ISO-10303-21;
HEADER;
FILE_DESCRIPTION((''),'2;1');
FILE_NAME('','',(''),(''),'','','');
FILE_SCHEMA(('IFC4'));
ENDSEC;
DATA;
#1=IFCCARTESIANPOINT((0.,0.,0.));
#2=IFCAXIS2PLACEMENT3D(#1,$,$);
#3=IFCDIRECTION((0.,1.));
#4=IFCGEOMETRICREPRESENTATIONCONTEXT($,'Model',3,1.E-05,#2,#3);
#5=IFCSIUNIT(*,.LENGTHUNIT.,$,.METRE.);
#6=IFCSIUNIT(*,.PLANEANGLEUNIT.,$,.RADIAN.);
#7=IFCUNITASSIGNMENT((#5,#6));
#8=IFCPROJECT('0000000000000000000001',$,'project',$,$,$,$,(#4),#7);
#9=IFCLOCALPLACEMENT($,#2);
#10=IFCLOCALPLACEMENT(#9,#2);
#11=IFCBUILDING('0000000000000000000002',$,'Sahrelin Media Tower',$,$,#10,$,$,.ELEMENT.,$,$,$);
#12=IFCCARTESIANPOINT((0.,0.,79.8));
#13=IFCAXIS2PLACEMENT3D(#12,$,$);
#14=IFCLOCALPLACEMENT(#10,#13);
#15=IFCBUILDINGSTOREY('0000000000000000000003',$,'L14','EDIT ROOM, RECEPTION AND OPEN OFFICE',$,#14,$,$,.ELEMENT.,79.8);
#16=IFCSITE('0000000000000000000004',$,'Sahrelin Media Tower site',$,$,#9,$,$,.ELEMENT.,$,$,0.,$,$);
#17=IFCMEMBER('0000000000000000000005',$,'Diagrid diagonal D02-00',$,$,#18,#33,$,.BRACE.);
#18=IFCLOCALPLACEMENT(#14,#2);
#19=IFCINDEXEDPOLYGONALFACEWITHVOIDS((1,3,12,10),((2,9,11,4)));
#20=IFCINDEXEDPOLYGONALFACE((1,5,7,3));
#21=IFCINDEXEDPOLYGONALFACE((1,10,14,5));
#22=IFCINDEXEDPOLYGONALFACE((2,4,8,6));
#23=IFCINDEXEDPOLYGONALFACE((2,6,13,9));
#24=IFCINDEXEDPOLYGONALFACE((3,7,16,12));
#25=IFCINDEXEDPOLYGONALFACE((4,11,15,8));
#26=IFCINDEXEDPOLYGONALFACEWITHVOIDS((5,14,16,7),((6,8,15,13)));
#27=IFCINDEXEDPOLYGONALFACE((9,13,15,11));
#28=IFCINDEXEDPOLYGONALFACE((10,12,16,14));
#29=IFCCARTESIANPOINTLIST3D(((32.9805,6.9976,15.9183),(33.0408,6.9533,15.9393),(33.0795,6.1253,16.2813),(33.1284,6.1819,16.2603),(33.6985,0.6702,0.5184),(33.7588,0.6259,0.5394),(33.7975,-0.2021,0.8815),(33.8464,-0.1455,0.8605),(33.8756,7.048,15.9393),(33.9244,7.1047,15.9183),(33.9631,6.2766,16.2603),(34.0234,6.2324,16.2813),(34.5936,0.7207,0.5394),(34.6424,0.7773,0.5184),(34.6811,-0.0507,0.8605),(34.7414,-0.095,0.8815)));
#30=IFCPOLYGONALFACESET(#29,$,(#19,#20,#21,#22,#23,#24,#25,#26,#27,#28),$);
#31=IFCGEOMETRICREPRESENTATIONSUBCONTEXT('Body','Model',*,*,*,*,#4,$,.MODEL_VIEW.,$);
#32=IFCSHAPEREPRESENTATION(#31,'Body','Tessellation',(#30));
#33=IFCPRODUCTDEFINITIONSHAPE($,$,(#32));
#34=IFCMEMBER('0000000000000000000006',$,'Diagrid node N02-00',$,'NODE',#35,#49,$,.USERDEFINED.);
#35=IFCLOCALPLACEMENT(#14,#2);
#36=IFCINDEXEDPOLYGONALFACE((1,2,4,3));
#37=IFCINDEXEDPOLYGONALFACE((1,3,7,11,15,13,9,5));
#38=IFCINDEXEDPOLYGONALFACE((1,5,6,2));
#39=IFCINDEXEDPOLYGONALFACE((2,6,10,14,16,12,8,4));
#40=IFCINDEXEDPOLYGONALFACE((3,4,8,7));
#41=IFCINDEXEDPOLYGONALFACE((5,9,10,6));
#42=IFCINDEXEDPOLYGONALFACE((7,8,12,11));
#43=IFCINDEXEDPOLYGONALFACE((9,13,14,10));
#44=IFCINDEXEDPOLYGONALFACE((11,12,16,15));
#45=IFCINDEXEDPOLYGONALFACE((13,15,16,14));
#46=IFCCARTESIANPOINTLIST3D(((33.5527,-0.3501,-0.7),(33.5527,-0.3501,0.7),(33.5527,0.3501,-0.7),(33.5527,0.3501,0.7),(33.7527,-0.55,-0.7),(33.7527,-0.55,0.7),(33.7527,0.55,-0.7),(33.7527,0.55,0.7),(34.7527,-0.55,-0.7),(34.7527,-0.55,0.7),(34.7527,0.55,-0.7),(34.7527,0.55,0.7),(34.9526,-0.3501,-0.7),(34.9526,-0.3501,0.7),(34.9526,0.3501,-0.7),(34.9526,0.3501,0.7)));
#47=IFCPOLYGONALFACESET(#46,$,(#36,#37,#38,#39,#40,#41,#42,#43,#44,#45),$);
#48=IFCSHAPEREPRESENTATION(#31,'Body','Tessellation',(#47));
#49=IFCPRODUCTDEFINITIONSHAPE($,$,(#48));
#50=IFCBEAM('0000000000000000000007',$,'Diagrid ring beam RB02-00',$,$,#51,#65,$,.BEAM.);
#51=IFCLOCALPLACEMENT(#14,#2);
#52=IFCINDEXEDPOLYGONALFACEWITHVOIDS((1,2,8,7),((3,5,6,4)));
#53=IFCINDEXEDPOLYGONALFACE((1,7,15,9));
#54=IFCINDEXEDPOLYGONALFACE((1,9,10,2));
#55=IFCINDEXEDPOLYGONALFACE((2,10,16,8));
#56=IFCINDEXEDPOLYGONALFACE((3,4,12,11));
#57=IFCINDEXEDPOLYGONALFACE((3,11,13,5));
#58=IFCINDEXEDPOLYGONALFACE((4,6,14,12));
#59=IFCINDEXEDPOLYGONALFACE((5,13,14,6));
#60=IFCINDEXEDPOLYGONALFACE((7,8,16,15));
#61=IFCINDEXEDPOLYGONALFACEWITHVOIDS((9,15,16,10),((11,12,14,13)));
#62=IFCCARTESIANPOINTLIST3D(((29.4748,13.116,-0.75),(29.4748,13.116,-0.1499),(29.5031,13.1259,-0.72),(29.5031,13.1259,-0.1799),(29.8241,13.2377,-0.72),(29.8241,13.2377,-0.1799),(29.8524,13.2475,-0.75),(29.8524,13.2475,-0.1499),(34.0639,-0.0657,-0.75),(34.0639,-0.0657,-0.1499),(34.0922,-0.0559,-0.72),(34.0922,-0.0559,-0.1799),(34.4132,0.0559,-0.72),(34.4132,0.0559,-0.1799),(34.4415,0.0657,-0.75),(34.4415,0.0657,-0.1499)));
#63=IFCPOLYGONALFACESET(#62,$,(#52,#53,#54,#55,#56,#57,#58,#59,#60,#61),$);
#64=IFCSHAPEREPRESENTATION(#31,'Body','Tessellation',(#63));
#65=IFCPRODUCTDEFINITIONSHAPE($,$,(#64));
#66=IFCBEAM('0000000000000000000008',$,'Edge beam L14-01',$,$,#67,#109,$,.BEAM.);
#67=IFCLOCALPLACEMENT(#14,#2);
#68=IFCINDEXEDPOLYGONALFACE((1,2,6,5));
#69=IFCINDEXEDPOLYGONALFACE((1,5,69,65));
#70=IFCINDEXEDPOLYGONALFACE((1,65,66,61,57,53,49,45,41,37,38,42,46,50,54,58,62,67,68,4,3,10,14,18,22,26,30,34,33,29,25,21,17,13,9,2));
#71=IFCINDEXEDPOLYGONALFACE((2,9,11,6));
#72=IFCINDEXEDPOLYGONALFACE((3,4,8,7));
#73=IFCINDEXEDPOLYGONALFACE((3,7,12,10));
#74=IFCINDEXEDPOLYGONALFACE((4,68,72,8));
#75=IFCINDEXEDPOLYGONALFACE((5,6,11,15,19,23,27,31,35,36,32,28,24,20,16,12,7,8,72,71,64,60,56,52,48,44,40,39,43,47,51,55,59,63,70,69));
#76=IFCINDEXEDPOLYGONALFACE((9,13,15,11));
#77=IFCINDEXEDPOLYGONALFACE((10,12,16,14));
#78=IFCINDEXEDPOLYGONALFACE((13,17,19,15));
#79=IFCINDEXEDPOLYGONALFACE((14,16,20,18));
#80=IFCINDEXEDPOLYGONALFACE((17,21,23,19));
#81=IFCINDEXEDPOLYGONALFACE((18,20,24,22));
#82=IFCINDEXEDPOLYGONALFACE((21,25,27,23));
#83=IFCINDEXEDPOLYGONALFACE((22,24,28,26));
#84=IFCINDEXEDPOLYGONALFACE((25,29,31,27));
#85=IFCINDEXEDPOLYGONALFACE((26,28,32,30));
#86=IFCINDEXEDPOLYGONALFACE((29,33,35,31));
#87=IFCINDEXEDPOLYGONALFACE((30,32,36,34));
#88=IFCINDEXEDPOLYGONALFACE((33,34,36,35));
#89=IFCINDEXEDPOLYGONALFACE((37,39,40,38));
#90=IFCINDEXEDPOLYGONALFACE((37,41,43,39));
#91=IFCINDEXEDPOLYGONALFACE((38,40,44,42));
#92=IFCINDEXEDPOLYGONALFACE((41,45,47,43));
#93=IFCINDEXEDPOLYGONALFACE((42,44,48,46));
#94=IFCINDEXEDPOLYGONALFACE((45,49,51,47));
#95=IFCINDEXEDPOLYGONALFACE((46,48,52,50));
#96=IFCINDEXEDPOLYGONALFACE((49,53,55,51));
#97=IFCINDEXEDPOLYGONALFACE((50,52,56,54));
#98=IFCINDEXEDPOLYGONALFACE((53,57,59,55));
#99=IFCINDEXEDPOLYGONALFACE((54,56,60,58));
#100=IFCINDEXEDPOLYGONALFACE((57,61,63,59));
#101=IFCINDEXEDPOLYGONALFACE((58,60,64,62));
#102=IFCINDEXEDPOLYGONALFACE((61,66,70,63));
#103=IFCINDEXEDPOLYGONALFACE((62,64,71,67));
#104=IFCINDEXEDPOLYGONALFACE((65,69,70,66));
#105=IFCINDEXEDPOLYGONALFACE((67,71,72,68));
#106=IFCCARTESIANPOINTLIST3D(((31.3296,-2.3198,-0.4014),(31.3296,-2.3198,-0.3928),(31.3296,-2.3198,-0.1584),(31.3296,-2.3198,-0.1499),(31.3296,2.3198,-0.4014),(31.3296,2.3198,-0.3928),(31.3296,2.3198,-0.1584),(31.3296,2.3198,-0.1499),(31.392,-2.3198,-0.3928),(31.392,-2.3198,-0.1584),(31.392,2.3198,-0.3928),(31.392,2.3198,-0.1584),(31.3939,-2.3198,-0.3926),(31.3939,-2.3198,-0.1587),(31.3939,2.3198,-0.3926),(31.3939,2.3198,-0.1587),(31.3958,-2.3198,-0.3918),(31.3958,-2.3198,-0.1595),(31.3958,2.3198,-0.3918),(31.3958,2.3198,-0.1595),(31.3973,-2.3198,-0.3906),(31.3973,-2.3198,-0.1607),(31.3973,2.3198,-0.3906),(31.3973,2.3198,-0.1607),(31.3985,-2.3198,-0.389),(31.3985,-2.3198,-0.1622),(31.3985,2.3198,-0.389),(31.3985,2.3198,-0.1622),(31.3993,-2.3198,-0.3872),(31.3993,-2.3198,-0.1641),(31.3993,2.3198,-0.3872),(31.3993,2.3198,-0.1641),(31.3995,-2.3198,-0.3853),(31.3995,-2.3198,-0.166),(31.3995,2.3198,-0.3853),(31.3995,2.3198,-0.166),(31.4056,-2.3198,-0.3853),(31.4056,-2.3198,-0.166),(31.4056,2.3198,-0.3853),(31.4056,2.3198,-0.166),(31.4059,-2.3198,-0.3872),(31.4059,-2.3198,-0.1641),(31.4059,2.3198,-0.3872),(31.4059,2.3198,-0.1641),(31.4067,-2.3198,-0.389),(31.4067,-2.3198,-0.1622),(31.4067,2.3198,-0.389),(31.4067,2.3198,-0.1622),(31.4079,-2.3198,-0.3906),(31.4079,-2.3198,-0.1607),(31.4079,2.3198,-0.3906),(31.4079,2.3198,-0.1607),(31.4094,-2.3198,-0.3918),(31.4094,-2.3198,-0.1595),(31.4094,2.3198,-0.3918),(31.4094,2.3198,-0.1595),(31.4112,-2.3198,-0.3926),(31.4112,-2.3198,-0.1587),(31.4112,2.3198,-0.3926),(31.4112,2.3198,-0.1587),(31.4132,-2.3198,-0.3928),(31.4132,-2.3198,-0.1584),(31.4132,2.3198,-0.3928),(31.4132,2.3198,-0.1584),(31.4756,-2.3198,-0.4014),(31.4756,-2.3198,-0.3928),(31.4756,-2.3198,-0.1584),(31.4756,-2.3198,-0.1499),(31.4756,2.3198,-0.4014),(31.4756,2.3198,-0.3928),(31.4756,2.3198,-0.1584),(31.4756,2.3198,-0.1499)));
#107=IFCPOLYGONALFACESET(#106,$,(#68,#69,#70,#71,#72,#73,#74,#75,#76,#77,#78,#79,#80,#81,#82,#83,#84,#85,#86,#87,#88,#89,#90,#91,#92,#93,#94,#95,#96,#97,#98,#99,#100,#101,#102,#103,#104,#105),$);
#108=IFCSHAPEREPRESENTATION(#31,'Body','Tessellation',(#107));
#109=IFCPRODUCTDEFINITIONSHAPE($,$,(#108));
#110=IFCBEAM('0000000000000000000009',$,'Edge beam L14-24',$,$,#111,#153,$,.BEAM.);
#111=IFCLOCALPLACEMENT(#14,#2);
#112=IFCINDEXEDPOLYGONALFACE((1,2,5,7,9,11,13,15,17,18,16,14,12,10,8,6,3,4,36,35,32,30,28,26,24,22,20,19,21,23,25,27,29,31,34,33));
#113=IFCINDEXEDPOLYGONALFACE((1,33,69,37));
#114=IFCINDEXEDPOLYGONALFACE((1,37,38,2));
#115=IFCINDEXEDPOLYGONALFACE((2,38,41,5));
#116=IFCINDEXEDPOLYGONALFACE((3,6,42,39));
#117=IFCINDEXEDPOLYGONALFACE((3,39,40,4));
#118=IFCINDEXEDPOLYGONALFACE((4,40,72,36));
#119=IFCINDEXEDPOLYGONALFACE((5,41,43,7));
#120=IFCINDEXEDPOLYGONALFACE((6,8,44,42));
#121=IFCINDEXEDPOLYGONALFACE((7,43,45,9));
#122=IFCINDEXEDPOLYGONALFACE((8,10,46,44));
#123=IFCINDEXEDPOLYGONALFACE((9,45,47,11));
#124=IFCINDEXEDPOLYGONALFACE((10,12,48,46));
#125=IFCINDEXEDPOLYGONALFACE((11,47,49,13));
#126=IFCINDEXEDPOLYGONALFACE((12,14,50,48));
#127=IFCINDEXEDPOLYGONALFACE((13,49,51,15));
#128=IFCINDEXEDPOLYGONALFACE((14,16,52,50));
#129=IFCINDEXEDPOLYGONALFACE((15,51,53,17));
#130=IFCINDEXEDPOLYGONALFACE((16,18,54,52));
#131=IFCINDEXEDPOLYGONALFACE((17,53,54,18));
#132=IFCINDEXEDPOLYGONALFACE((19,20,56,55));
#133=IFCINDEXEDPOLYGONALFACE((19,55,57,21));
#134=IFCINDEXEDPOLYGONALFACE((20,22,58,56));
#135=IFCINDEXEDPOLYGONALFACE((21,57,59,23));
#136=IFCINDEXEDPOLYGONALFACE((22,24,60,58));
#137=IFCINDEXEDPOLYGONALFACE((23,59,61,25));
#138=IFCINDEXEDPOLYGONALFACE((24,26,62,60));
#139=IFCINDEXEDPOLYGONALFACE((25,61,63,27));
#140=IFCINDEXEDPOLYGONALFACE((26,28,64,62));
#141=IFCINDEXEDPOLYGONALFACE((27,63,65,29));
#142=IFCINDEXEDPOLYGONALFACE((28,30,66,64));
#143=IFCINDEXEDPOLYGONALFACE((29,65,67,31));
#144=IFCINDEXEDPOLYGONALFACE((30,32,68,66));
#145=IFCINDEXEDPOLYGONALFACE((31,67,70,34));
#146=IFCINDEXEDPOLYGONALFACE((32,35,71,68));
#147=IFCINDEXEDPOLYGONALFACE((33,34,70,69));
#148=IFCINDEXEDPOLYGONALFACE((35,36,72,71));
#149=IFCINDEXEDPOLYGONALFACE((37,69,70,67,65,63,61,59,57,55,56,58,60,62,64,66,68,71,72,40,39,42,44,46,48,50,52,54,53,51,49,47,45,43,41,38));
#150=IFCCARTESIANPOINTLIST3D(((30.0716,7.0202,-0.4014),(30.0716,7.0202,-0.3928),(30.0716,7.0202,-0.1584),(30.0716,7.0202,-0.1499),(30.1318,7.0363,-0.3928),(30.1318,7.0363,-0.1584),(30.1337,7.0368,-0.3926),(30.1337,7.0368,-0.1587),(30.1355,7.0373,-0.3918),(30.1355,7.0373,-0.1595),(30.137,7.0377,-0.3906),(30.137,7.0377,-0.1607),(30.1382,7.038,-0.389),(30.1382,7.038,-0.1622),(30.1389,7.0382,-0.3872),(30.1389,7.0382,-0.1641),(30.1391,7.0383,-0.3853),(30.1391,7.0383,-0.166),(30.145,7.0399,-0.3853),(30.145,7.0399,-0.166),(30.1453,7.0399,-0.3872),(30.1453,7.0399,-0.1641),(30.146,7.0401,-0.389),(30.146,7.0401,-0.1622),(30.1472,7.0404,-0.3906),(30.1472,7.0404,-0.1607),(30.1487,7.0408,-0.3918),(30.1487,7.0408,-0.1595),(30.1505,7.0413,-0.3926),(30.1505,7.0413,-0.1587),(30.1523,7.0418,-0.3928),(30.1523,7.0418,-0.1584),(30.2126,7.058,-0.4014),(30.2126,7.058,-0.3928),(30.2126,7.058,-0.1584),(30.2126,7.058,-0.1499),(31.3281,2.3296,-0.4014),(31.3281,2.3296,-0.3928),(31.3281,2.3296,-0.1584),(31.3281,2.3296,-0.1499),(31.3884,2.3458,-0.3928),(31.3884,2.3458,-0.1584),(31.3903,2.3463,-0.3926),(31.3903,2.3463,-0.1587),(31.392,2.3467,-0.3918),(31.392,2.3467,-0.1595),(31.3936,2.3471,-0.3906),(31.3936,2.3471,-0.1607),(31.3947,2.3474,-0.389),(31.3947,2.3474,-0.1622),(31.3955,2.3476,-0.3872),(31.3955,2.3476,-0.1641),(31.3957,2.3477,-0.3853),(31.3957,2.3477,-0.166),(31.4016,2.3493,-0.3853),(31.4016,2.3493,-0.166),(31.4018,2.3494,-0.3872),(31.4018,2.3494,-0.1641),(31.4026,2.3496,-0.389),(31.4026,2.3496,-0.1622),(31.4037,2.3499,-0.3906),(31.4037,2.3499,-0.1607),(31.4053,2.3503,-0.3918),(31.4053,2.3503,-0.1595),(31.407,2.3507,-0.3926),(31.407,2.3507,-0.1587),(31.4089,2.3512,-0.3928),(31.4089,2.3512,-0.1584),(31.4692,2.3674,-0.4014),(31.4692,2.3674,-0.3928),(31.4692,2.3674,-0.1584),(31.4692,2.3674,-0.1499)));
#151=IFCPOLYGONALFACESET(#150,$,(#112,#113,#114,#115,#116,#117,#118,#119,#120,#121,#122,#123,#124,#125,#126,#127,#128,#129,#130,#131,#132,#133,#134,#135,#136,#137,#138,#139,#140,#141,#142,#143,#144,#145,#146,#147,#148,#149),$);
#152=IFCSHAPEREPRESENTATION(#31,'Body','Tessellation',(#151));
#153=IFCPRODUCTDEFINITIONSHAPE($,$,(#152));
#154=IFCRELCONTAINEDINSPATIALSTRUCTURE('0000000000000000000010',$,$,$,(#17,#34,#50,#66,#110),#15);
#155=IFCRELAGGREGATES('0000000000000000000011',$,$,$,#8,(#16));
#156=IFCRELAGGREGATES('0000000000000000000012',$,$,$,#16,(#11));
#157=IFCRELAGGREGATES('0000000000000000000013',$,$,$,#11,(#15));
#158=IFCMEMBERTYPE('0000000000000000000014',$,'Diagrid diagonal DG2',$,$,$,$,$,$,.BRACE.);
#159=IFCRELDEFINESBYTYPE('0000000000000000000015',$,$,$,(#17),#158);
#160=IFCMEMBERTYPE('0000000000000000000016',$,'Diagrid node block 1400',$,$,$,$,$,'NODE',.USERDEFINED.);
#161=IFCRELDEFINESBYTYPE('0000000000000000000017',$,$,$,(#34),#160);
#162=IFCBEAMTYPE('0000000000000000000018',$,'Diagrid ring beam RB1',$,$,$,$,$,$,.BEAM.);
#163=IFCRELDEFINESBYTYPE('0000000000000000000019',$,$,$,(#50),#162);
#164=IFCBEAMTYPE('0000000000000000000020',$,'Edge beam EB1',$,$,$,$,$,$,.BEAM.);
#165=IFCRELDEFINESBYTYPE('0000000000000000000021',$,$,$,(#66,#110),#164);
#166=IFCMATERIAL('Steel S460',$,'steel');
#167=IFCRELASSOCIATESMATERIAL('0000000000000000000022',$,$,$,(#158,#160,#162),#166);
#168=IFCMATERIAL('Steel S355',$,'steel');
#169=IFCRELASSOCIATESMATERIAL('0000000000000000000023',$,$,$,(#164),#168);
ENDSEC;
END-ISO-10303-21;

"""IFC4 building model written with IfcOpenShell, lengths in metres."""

from ifc_helpers import new_model, si_unit, direction, frame, origin, origin_2d, place, context, subcontext, project, spatial, polyline, hollow_rectangle, i_section, outline, extrude, material, material_profile, profile_set, type_object, element, save


model = new_model("IFC4")

# Units and contexts
model_context = context("Model", 3, precision=1e-05, world=origin(), true_north=direction((0.0, 1.0)))
body_context = subcontext(model_context, "Body", "Model", "MODEL_VIEW")
ifc_project = project(units=[si_unit("LENGTHUNIT", "METRE"), si_unit("PLANEANGLEUNIT", "RADIAN")], contexts=[model_context])

# Site, building, storey
site_placement = place(None, origin())
site = spatial("IfcSite", under=ifc_project, at=site_placement, Name="Sahrelin Media Tower site", CompositionType="ELEMENT", RefElevation=0.0)
building_placement = place(site_placement, origin())
building = spatial("IfcBuilding", under=site, at=building_placement, Name="Sahrelin Media Tower", CompositionType="ELEMENT")
storey_placement = place(building_placement, frame((0.0, 0.0, 79.8)))
storey = spatial("IfcBuildingStorey", under=building, at=storey_placement, Name="L14", Description="EDIT ROOM, RECEPTION AND OPEN OFFICE", CompositionType="ELEMENT", Elevation=79.8)

# Members
ifc_material_1 = material(Name="Steel S460", Category="steel")
ifc_material_profile_1 = material_profile(ifc_material_1, hollow_rectangle(XDim=0.95, YDim=0.95, WallThickness=0.0549, at=origin_2d()), Name="Diagrid diagonal DG2")
ifc_profile_set_1 = profile_set([ifc_material_profile_1], Name="Steel S460")
member_type_1 = type_object("IfcMemberType", Name="Diagrid diagonal DG2", PredefinedType="BRACE", material=ifc_profile_set_1)
member_1_placement = place(storey_placement, frame((34.22, 0.2876, 0.7), z_axis=(-0.043086, 0.379691, 0.924109), x_axis=(-0.993623, -0.112754, 0.0)))
element("IfcMember", 1, at=member_1_placement, inside=storey, type_object=member_type_1, Name="Diagrid diagonal D02-00", PredefinedType="BRACE", context=body_context, shape_type="SweptSolid", body=[
    extrude(hollow_rectangle(XDim=0.95, YDim=0.95, WallThickness=0.0549, at=origin_2d()), origin(), (0.0, 0.0, 1.0), 16.6646),
])
ifc_material_profile_2 = material_profile(ifc_material_1, outline(polyline([(0.5, -0.55), (0.7, -0.3501), (0.7, 0.3501), (0.5, 0.55), (-0.5, 0.55), (-0.7, 0.3501), (-0.7, -0.3501), (-0.5, -0.55), (0.5, -0.55)])), Name="Diagrid node block 1400")
ifc_profile_set_2 = profile_set([ifc_material_profile_2], Name="Steel S460")
member_type_2 = type_object("IfcMemberType", Name="Diagrid node block 1400", ElementType="NODE", PredefinedType="USERDEFINED", material=ifc_profile_set_2)
member_2_placement = place(storey_placement, frame((34.2527, 0.0, -0.7), z_axis=(0.0, 0.0, 1.0), x_axis=(1.0, 0.0, 0.0)))
element("IfcMember", 2, at=member_2_placement, inside=storey, type_object=member_type_2, Name="Diagrid node N02-00", ObjectType="NODE", PredefinedType="USERDEFINED", context=body_context, shape_type="SweptSolid", body=[
    extrude(outline(polyline([(0.5, -0.55), (0.7, -0.3501), (0.7, 0.3501), (0.5, 0.55), (-0.5, 0.55), (-0.7, 0.3501), (-0.7, -0.3501), (-0.5, -0.55), (0.5, -0.55)])), origin(), (0.0, 0.0, 1.0), 1.3999),
])

# Beams
ifc_material_profile_3 = material_profile(ifc_material_1, hollow_rectangle(XDim=0.3999, YDim=0.6001, WallThickness=0.03, at=origin_2d()), Name="Diagrid ring beam RB1")
ifc_profile_set_3 = profile_set([ifc_material_profile_3], Name="Steel S460")
beam_type_1 = type_object("IfcBeamType", Name="Diagrid ring beam RB1", PredefinedType="BEAM", material=ifc_profile_set_3)
beam_1_placement = place(storey_placement, frame((34.2527, 0.0, -0.45), z_axis=(-0.328783, 0.944405, 0.0), x_axis=(-0.944405, -0.328783, 0.0)))
element("IfcBeam", 3, at=beam_1_placement, inside=storey, type_object=beam_type_1, Name="Diagrid ring beam RB02-00", PredefinedType="BEAM", context=body_context, shape_type="SweptSolid", body=[
    extrude(hollow_rectangle(XDim=0.3999, YDim=0.6001, WallThickness=0.03, at=origin_2d()), origin(), (0.0, 0.0, 1.0), 13.9578),
])
ifc_material_2 = material(Name="Steel S355", Category="steel")
ifc_material_profile_4 = material_profile(ifc_material_2, i_section(OverallWidth=0.146, OverallDepth=0.2515, WebThickness=0.0061, FlangeThickness=0.0085, FilletRadius=0.0076, at=origin_2d()), Name="UB 254x146x31")
ifc_profile_set_4 = profile_set([ifc_material_profile_4], Name="Steel S355")
beam_type_2 = type_object("IfcBeamType", Name="Edge beam EB1", PredefinedType="BEAM", material=ifc_profile_set_4)
beam_2_placement = place(storey_placement, frame((31.4026, 2.3198, -0.2756), z_axis=(0.0, -1.0, 0.0), x_axis=(1.0, 0.0, 0.0)))
element("IfcBeam", 4, at=beam_2_placement, inside=storey, type_object=beam_type_2, Name="Edge beam L14-01", PredefinedType="BEAM", context=body_context, shape_type="SweptSolid", body=[
    extrude(i_section(OverallWidth=0.146, OverallDepth=0.2515, WebThickness=0.0061, FlangeThickness=0.0085, FilletRadius=0.0076, at=origin_2d()), origin(), (0.0, 0.0, 1.0), 4.6396),
])
beam_3_placement = place(storey_placement, frame((30.1421, 7.0391, -0.2756), z_axis=(0.258767, -0.96594, 0.0), x_axis=(0.96594, 0.258767, 0.0)))
element("IfcBeam", 5, at=beam_3_placement, inside=storey, type_object=beam_type_2, Name="Edge beam L14-24", PredefinedType="BEAM", context=body_context, shape_type="SweptSolid", body=[
    extrude(i_section(OverallWidth=0.146, OverallDepth=0.2515, WebThickness=0.0061, FlangeThickness=0.0085, FilletRadius=0.0076, at=origin_2d()), origin(), (0.0, 0.0, 1.0), 4.856),
])

save(model, "model.ifc")
